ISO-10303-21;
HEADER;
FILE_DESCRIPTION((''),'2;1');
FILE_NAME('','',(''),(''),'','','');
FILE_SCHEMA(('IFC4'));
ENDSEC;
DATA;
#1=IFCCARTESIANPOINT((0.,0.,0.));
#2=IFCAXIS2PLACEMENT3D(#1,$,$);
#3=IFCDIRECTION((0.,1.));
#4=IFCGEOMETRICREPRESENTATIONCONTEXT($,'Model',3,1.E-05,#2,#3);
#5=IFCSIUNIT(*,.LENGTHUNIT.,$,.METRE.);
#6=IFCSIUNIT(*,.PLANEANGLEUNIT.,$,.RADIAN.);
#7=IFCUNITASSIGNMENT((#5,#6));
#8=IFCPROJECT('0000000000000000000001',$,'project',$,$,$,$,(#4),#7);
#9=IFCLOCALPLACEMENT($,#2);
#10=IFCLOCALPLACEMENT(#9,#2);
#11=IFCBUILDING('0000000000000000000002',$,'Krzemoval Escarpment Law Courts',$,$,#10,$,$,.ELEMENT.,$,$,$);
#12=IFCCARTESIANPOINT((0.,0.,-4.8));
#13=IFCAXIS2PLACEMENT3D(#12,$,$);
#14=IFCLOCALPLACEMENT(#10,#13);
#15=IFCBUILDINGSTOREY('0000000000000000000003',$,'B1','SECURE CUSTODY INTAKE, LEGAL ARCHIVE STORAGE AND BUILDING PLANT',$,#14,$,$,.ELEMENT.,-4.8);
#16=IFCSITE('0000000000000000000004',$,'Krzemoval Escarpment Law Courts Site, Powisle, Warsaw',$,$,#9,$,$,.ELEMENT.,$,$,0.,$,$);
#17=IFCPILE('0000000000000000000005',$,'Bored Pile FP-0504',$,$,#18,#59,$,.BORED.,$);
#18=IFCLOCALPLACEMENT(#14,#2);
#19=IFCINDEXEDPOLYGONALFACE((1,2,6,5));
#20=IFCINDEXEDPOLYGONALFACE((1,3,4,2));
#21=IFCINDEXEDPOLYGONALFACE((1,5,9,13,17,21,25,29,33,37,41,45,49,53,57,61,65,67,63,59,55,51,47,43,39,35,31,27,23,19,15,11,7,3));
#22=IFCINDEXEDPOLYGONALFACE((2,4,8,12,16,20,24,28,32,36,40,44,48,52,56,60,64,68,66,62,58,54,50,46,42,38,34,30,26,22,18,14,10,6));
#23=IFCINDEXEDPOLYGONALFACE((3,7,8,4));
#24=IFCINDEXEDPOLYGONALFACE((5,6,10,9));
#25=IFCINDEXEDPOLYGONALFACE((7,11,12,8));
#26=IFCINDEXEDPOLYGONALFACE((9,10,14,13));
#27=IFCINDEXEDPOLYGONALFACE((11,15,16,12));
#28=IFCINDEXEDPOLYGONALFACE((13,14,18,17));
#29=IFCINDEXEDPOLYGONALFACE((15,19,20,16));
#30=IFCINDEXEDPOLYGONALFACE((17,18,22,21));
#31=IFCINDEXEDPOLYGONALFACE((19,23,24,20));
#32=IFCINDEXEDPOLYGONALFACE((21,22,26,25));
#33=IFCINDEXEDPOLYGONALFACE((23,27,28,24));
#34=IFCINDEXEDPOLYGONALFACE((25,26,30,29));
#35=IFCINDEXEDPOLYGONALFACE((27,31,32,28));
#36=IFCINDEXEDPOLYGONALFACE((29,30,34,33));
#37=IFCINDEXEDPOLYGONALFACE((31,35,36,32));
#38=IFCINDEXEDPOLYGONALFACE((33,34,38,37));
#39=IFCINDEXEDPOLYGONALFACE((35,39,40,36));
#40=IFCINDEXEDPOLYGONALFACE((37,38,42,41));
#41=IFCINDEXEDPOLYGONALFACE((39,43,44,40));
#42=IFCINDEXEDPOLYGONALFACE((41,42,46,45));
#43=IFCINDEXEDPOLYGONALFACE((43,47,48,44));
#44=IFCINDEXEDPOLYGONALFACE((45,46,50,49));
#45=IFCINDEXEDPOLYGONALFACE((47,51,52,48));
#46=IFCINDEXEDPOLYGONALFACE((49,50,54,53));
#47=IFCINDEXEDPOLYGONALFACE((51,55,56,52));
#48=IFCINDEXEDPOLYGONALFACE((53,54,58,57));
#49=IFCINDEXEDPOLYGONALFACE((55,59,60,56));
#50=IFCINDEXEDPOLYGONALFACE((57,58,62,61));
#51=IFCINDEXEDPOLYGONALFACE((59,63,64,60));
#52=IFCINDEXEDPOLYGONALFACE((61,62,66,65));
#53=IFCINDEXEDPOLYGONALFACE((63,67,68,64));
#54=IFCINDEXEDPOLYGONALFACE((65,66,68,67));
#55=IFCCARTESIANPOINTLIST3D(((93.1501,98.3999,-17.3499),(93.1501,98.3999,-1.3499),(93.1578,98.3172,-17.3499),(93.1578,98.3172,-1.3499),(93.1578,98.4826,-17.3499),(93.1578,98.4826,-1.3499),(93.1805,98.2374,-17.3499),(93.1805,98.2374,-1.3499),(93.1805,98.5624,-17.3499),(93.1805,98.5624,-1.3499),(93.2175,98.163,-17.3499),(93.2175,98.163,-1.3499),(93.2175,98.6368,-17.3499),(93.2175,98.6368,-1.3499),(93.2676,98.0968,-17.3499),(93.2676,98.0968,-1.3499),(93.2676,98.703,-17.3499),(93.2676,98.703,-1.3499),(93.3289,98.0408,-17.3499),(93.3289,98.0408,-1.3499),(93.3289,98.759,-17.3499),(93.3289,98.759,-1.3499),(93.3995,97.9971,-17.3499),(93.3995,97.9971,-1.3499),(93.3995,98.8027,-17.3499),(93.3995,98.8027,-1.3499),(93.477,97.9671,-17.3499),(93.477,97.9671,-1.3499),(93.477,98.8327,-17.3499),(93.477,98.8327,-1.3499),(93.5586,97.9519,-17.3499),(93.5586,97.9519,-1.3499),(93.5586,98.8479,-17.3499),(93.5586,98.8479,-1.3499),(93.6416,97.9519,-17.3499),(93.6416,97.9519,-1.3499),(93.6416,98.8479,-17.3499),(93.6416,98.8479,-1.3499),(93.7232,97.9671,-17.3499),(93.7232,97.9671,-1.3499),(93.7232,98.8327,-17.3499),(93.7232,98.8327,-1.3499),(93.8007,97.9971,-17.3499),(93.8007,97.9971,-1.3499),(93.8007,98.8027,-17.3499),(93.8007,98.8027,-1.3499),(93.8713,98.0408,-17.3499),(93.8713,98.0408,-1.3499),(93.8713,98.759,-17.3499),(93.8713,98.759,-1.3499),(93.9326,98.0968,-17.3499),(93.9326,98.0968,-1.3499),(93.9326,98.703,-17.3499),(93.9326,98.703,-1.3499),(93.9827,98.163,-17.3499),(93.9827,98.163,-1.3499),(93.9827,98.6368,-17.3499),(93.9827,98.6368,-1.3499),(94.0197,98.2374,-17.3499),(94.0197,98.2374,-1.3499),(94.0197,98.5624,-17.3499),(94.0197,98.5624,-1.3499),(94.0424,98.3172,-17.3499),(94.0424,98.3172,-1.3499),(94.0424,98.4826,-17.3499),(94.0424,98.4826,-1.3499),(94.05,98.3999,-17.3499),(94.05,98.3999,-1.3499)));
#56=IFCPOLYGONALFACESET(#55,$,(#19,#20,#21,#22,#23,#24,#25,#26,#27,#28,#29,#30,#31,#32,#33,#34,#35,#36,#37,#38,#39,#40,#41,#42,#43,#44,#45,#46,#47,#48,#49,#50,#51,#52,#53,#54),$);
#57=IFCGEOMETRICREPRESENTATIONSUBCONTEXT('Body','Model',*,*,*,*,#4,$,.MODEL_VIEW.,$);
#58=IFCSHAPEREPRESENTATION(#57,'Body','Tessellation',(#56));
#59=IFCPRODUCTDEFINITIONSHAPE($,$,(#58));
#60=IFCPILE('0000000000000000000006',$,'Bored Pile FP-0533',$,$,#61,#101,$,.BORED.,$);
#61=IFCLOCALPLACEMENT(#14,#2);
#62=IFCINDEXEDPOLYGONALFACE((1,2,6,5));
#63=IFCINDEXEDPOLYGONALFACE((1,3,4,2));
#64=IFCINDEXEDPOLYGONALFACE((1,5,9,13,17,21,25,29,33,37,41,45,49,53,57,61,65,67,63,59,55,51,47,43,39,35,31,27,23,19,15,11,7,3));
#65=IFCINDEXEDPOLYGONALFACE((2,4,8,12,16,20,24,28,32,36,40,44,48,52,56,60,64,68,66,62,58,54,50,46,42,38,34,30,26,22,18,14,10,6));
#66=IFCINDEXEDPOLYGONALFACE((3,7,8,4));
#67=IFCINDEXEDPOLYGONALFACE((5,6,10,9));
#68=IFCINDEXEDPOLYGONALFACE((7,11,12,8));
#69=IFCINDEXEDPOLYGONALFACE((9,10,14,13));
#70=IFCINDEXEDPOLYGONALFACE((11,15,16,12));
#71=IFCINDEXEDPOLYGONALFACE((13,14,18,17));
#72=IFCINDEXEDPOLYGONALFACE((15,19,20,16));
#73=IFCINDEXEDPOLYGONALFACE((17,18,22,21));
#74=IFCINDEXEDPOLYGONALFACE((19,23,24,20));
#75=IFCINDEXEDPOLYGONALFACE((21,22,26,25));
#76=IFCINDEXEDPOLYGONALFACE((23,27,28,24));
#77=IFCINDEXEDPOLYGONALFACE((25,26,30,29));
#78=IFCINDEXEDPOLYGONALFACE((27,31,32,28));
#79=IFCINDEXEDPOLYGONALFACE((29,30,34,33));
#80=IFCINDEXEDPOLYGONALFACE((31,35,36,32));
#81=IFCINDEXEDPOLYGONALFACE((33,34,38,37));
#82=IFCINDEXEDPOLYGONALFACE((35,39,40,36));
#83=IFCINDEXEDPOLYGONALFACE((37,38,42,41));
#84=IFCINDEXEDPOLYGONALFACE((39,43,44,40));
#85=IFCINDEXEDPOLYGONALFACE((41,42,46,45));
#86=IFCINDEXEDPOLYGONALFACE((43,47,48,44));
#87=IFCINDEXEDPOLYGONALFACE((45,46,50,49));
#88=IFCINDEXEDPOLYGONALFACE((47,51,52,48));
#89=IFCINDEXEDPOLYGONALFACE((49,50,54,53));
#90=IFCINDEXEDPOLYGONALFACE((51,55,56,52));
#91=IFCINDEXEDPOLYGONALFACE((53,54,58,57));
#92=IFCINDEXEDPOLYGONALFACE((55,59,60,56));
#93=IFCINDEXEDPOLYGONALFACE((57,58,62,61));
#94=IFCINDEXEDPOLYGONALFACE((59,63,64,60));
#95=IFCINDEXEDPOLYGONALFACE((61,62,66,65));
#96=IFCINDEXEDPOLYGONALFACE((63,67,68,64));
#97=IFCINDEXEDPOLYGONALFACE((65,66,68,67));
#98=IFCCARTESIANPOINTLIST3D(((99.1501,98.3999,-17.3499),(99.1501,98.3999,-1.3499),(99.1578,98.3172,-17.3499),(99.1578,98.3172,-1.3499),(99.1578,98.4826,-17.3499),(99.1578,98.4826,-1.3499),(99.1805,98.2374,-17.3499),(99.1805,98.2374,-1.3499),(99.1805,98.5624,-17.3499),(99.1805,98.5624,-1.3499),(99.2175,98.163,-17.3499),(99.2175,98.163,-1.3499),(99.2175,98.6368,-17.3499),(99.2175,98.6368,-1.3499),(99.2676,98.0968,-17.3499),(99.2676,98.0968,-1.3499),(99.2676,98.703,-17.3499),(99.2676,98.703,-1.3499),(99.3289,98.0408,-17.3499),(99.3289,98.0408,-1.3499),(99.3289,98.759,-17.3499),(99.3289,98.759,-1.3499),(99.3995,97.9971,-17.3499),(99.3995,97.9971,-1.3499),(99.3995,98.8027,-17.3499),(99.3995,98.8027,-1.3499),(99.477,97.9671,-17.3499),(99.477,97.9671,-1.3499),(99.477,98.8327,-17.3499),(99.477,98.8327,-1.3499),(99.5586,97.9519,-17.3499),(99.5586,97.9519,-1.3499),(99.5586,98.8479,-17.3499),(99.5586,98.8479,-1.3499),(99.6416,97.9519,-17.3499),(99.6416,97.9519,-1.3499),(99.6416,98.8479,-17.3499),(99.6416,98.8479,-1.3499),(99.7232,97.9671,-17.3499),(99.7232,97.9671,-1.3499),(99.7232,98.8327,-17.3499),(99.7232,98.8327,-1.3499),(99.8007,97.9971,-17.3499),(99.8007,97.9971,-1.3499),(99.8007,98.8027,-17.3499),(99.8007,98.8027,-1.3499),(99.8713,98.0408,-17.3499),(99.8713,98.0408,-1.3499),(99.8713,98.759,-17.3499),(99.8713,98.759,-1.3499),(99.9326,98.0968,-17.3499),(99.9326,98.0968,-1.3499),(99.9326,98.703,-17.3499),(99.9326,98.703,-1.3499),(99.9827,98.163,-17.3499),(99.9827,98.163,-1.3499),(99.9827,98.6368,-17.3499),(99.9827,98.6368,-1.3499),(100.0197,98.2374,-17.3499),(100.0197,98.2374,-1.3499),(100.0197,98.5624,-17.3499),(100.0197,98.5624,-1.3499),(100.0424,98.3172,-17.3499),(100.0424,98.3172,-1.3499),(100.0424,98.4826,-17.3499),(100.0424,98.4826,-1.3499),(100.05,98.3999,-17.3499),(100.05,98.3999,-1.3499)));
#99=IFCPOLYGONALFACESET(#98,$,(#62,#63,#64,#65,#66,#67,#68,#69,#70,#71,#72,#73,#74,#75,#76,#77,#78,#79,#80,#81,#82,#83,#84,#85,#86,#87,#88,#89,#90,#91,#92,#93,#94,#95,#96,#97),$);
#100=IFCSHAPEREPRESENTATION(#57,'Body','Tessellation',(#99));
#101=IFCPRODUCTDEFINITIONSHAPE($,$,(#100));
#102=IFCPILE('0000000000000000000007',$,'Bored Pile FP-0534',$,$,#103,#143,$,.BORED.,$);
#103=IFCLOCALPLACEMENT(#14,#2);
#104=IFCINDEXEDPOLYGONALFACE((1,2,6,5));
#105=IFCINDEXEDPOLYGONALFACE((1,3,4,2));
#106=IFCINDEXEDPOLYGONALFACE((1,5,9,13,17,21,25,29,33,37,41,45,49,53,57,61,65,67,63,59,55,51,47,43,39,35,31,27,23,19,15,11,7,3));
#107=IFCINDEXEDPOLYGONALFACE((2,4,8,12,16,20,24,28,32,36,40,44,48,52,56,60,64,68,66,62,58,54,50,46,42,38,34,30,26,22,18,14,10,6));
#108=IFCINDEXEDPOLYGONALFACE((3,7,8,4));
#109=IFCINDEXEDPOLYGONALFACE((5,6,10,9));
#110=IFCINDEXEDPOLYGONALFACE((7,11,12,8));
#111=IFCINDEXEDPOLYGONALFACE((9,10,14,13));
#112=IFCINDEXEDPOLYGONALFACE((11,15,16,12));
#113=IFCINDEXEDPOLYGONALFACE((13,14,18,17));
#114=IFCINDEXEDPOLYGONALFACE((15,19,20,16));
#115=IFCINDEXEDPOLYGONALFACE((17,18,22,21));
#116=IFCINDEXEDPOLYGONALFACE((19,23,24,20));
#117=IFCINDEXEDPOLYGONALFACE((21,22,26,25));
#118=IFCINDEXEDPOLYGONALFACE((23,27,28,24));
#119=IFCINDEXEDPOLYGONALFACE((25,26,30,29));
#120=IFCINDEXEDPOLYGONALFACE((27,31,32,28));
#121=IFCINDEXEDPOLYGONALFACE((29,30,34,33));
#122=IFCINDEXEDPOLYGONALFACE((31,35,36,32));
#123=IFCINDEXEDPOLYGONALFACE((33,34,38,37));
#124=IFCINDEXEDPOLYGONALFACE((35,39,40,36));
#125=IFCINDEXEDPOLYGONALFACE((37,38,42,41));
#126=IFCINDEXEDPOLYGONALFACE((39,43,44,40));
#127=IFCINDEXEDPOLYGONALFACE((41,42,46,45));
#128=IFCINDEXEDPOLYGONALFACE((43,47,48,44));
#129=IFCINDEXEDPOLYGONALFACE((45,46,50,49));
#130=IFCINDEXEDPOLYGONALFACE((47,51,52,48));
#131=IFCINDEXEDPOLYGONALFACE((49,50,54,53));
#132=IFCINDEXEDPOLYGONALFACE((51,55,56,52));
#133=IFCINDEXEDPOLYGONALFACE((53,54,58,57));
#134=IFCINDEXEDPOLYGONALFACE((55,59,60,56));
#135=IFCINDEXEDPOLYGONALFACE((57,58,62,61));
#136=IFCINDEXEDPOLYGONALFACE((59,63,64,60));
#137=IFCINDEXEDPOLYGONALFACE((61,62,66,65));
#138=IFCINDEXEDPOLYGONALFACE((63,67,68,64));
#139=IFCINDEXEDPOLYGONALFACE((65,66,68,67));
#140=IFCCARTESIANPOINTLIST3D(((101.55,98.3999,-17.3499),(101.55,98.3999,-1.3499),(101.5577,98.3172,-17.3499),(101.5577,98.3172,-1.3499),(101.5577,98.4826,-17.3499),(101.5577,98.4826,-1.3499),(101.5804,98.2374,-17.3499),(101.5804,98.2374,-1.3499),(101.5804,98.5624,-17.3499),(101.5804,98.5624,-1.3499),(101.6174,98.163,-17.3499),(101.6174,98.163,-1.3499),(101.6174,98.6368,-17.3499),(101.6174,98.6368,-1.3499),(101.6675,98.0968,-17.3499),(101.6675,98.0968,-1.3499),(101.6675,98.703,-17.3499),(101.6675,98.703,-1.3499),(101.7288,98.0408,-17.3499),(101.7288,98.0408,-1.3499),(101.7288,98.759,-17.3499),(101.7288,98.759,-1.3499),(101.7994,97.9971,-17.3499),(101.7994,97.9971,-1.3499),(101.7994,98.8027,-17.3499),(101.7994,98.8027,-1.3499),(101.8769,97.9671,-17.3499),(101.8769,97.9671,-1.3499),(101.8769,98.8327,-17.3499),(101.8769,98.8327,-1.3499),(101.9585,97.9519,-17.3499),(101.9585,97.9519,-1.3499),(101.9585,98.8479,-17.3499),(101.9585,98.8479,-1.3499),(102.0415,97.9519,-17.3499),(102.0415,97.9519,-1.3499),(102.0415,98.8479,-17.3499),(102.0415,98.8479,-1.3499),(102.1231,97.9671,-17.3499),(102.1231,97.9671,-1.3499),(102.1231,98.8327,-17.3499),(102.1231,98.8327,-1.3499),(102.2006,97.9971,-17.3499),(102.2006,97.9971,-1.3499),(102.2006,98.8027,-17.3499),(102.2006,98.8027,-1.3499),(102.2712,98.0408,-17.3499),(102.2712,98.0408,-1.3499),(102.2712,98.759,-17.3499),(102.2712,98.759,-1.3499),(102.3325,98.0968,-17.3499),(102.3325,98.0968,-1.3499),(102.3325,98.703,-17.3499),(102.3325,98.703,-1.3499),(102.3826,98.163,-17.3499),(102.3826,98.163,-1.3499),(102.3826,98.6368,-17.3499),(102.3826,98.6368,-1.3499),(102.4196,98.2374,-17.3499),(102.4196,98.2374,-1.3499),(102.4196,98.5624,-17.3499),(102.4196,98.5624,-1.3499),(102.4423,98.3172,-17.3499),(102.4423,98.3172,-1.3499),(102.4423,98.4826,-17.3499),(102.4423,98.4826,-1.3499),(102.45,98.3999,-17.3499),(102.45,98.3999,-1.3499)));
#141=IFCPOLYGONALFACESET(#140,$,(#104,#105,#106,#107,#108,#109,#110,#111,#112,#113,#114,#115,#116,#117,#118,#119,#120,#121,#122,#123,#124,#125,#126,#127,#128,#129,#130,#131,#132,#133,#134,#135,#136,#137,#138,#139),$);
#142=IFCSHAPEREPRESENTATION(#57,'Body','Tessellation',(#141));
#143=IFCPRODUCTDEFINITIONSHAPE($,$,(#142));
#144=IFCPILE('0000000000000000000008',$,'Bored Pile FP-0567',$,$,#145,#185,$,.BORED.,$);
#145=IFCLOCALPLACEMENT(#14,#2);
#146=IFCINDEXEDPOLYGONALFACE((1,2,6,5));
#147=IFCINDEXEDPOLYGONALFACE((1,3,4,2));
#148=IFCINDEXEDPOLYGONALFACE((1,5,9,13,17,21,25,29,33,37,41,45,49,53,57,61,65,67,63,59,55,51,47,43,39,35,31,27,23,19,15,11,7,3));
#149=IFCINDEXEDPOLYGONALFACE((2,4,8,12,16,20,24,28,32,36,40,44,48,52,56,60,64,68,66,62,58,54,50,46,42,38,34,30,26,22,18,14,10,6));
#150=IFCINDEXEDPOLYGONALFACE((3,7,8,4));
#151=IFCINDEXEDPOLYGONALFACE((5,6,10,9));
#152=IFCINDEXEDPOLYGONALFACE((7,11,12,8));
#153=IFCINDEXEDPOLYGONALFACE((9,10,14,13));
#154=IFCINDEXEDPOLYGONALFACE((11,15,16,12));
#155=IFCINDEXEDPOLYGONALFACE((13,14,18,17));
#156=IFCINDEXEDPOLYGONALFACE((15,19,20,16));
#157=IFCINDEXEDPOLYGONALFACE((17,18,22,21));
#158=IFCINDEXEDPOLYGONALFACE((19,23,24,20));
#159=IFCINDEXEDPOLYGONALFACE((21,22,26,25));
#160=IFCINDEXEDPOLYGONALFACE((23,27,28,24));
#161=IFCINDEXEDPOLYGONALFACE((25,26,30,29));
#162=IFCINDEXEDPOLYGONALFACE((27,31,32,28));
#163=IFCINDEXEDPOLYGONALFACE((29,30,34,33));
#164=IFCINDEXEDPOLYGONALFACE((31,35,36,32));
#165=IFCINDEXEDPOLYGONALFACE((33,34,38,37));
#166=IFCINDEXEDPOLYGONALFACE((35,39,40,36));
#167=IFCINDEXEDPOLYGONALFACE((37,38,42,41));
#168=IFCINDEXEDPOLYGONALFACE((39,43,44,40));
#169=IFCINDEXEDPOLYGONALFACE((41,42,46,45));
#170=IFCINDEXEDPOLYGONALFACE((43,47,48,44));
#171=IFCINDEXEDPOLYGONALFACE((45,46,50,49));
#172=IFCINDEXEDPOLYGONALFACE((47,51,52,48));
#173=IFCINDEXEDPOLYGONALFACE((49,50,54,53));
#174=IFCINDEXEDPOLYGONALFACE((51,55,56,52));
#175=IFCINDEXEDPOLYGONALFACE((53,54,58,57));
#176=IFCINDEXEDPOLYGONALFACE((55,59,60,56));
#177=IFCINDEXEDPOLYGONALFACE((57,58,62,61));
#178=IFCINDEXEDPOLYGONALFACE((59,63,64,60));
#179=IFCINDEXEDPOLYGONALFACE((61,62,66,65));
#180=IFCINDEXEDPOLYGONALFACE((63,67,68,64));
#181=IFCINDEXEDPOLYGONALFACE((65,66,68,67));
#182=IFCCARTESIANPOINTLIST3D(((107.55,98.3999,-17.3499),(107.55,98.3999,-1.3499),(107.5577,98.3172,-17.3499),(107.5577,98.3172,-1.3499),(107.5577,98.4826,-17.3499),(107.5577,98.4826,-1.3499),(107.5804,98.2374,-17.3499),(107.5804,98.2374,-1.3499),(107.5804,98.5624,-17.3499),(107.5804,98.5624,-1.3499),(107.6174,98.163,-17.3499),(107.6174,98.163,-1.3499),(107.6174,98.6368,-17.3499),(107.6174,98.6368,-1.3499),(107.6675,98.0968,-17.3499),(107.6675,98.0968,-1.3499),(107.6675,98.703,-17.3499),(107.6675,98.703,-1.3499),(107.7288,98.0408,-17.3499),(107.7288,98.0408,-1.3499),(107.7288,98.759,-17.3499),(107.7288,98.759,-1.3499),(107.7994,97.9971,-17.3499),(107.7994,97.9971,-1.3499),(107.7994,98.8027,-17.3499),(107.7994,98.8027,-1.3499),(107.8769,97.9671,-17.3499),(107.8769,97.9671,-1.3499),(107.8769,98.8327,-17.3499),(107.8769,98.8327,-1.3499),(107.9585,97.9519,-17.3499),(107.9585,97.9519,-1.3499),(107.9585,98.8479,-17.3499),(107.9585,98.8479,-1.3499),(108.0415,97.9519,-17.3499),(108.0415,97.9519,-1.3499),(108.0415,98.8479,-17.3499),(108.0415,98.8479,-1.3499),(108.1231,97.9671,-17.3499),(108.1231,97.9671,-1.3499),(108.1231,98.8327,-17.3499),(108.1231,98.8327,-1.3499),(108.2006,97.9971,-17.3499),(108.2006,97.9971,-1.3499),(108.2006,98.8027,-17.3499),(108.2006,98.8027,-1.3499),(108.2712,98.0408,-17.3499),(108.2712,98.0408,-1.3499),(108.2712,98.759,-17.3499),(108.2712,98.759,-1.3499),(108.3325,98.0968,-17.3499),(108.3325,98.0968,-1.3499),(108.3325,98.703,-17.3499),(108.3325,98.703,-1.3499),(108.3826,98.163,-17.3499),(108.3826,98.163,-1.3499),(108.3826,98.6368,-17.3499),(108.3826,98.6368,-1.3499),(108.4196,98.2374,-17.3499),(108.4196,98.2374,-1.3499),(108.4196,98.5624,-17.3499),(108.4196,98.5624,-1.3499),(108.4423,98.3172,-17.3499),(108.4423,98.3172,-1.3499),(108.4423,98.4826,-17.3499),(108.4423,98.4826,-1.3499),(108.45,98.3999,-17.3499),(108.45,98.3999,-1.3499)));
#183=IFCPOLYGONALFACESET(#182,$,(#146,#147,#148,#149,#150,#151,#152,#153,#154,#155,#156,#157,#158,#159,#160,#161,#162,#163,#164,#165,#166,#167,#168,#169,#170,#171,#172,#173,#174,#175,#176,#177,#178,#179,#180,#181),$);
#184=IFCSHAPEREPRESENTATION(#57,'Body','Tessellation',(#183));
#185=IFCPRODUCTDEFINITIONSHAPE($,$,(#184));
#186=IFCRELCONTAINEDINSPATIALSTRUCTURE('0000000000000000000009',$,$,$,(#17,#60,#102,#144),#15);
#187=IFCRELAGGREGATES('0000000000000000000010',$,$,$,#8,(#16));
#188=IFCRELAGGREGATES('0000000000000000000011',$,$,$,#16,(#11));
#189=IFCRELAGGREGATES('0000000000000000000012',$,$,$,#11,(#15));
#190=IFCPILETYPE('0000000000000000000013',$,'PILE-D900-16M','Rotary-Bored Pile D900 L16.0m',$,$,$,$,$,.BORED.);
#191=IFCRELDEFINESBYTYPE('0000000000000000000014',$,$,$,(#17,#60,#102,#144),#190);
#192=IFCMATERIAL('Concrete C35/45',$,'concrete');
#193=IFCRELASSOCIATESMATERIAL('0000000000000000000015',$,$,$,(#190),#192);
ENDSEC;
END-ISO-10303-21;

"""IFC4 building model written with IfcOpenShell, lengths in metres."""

from ifc_helpers import new_model, si_unit, direction, frame, origin, origin_2d, place, context, subcontext, project, spatial, circle, extrude, material, material_profile, profile_set, type_object, element, save


model = new_model("IFC4")

# Units and contexts
model_context = context("Model", 3, precision=1e-05, world=origin(), true_north=direction((0.0, 1.0)))
body_context = subcontext(model_context, "Body", "Model", "MODEL_VIEW")
ifc_project = project(units=[si_unit("LENGTHUNIT", "METRE"), si_unit("PLANEANGLEUNIT", "RADIAN")], contexts=[model_context])

# Site, building, storey
site_placement = place(None, origin())
site = spatial("IfcSite", under=ifc_project, at=site_placement, Name="Krzemoval Escarpment Law Courts Site, Powisle, Warsaw", CompositionType="ELEMENT", RefElevation=0.0)
building_placement = place(site_placement, origin())
building = spatial("IfcBuilding", under=site, at=building_placement, Name="Krzemoval Escarpment Law Courts", CompositionType="ELEMENT")
storey_placement = place(building_placement, frame((0.0, 0.0, -4.8)))
storey = spatial("IfcBuildingStorey", under=building, at=storey_placement, Name="B1", Description="SECURE CUSTODY INTAKE, LEGAL ARCHIVE STORAGE AND BUILDING PLANT", CompositionType="ELEMENT", Elevation=-4.8)

# Piles
ifc_material_1 = material(Name="Concrete C35/45", Category="concrete")
ifc_material_profile_1 = material_profile(ifc_material_1, circle(Radius=0.45, at=origin_2d()), Name="PILE D900")
ifc_profile_set_1 = profile_set([ifc_material_profile_1], Name="Concrete C35/45")
pile_type_1 = type_object("IfcPileType", Name="PILE-D900-16M", Description="Rotary-Bored Pile D900 L16.0m", PredefinedType="BORED", material=ifc_profile_set_1)
for number, where, z_axis, x_axis, name in (
    (1, (93.6001, 98.3999, -1.3499), (0.0, 0.0, -1.0), (1.0, 0.0, 0.0), "Bored Pile FP-0504"),
    (2, (99.6001, 98.3999, -1.3499), (0.0, 0.0, -1.0), (1.0, 0.0, 0.0), "Bored Pile FP-0533"),
    (3, (102.0, 98.3999, -1.3499), (0.0, 0.0, -1.0), (1.0, 0.0, 0.0), "Bored Pile FP-0534"),
    (4, (108.0, 98.3999, -1.3499), (0.0, 0.0, -1.0), (1.0, 0.0, 0.0), "Bored Pile FP-0567"),
):
    element("IfcPile", number, at=place(storey_placement, frame(where, z_axis=z_axis, x_axis=x_axis)), inside=storey, type_object=pile_type_1, Name=name, PredefinedType="BORED", context=body_context, shape_type="SweptSolid", body=[
        extrude(circle(Radius=0.45, at=origin_2d()), origin(), (0.0, 0.0, 1.0), 16.0),
    ])

save(model, "model.ifc")
